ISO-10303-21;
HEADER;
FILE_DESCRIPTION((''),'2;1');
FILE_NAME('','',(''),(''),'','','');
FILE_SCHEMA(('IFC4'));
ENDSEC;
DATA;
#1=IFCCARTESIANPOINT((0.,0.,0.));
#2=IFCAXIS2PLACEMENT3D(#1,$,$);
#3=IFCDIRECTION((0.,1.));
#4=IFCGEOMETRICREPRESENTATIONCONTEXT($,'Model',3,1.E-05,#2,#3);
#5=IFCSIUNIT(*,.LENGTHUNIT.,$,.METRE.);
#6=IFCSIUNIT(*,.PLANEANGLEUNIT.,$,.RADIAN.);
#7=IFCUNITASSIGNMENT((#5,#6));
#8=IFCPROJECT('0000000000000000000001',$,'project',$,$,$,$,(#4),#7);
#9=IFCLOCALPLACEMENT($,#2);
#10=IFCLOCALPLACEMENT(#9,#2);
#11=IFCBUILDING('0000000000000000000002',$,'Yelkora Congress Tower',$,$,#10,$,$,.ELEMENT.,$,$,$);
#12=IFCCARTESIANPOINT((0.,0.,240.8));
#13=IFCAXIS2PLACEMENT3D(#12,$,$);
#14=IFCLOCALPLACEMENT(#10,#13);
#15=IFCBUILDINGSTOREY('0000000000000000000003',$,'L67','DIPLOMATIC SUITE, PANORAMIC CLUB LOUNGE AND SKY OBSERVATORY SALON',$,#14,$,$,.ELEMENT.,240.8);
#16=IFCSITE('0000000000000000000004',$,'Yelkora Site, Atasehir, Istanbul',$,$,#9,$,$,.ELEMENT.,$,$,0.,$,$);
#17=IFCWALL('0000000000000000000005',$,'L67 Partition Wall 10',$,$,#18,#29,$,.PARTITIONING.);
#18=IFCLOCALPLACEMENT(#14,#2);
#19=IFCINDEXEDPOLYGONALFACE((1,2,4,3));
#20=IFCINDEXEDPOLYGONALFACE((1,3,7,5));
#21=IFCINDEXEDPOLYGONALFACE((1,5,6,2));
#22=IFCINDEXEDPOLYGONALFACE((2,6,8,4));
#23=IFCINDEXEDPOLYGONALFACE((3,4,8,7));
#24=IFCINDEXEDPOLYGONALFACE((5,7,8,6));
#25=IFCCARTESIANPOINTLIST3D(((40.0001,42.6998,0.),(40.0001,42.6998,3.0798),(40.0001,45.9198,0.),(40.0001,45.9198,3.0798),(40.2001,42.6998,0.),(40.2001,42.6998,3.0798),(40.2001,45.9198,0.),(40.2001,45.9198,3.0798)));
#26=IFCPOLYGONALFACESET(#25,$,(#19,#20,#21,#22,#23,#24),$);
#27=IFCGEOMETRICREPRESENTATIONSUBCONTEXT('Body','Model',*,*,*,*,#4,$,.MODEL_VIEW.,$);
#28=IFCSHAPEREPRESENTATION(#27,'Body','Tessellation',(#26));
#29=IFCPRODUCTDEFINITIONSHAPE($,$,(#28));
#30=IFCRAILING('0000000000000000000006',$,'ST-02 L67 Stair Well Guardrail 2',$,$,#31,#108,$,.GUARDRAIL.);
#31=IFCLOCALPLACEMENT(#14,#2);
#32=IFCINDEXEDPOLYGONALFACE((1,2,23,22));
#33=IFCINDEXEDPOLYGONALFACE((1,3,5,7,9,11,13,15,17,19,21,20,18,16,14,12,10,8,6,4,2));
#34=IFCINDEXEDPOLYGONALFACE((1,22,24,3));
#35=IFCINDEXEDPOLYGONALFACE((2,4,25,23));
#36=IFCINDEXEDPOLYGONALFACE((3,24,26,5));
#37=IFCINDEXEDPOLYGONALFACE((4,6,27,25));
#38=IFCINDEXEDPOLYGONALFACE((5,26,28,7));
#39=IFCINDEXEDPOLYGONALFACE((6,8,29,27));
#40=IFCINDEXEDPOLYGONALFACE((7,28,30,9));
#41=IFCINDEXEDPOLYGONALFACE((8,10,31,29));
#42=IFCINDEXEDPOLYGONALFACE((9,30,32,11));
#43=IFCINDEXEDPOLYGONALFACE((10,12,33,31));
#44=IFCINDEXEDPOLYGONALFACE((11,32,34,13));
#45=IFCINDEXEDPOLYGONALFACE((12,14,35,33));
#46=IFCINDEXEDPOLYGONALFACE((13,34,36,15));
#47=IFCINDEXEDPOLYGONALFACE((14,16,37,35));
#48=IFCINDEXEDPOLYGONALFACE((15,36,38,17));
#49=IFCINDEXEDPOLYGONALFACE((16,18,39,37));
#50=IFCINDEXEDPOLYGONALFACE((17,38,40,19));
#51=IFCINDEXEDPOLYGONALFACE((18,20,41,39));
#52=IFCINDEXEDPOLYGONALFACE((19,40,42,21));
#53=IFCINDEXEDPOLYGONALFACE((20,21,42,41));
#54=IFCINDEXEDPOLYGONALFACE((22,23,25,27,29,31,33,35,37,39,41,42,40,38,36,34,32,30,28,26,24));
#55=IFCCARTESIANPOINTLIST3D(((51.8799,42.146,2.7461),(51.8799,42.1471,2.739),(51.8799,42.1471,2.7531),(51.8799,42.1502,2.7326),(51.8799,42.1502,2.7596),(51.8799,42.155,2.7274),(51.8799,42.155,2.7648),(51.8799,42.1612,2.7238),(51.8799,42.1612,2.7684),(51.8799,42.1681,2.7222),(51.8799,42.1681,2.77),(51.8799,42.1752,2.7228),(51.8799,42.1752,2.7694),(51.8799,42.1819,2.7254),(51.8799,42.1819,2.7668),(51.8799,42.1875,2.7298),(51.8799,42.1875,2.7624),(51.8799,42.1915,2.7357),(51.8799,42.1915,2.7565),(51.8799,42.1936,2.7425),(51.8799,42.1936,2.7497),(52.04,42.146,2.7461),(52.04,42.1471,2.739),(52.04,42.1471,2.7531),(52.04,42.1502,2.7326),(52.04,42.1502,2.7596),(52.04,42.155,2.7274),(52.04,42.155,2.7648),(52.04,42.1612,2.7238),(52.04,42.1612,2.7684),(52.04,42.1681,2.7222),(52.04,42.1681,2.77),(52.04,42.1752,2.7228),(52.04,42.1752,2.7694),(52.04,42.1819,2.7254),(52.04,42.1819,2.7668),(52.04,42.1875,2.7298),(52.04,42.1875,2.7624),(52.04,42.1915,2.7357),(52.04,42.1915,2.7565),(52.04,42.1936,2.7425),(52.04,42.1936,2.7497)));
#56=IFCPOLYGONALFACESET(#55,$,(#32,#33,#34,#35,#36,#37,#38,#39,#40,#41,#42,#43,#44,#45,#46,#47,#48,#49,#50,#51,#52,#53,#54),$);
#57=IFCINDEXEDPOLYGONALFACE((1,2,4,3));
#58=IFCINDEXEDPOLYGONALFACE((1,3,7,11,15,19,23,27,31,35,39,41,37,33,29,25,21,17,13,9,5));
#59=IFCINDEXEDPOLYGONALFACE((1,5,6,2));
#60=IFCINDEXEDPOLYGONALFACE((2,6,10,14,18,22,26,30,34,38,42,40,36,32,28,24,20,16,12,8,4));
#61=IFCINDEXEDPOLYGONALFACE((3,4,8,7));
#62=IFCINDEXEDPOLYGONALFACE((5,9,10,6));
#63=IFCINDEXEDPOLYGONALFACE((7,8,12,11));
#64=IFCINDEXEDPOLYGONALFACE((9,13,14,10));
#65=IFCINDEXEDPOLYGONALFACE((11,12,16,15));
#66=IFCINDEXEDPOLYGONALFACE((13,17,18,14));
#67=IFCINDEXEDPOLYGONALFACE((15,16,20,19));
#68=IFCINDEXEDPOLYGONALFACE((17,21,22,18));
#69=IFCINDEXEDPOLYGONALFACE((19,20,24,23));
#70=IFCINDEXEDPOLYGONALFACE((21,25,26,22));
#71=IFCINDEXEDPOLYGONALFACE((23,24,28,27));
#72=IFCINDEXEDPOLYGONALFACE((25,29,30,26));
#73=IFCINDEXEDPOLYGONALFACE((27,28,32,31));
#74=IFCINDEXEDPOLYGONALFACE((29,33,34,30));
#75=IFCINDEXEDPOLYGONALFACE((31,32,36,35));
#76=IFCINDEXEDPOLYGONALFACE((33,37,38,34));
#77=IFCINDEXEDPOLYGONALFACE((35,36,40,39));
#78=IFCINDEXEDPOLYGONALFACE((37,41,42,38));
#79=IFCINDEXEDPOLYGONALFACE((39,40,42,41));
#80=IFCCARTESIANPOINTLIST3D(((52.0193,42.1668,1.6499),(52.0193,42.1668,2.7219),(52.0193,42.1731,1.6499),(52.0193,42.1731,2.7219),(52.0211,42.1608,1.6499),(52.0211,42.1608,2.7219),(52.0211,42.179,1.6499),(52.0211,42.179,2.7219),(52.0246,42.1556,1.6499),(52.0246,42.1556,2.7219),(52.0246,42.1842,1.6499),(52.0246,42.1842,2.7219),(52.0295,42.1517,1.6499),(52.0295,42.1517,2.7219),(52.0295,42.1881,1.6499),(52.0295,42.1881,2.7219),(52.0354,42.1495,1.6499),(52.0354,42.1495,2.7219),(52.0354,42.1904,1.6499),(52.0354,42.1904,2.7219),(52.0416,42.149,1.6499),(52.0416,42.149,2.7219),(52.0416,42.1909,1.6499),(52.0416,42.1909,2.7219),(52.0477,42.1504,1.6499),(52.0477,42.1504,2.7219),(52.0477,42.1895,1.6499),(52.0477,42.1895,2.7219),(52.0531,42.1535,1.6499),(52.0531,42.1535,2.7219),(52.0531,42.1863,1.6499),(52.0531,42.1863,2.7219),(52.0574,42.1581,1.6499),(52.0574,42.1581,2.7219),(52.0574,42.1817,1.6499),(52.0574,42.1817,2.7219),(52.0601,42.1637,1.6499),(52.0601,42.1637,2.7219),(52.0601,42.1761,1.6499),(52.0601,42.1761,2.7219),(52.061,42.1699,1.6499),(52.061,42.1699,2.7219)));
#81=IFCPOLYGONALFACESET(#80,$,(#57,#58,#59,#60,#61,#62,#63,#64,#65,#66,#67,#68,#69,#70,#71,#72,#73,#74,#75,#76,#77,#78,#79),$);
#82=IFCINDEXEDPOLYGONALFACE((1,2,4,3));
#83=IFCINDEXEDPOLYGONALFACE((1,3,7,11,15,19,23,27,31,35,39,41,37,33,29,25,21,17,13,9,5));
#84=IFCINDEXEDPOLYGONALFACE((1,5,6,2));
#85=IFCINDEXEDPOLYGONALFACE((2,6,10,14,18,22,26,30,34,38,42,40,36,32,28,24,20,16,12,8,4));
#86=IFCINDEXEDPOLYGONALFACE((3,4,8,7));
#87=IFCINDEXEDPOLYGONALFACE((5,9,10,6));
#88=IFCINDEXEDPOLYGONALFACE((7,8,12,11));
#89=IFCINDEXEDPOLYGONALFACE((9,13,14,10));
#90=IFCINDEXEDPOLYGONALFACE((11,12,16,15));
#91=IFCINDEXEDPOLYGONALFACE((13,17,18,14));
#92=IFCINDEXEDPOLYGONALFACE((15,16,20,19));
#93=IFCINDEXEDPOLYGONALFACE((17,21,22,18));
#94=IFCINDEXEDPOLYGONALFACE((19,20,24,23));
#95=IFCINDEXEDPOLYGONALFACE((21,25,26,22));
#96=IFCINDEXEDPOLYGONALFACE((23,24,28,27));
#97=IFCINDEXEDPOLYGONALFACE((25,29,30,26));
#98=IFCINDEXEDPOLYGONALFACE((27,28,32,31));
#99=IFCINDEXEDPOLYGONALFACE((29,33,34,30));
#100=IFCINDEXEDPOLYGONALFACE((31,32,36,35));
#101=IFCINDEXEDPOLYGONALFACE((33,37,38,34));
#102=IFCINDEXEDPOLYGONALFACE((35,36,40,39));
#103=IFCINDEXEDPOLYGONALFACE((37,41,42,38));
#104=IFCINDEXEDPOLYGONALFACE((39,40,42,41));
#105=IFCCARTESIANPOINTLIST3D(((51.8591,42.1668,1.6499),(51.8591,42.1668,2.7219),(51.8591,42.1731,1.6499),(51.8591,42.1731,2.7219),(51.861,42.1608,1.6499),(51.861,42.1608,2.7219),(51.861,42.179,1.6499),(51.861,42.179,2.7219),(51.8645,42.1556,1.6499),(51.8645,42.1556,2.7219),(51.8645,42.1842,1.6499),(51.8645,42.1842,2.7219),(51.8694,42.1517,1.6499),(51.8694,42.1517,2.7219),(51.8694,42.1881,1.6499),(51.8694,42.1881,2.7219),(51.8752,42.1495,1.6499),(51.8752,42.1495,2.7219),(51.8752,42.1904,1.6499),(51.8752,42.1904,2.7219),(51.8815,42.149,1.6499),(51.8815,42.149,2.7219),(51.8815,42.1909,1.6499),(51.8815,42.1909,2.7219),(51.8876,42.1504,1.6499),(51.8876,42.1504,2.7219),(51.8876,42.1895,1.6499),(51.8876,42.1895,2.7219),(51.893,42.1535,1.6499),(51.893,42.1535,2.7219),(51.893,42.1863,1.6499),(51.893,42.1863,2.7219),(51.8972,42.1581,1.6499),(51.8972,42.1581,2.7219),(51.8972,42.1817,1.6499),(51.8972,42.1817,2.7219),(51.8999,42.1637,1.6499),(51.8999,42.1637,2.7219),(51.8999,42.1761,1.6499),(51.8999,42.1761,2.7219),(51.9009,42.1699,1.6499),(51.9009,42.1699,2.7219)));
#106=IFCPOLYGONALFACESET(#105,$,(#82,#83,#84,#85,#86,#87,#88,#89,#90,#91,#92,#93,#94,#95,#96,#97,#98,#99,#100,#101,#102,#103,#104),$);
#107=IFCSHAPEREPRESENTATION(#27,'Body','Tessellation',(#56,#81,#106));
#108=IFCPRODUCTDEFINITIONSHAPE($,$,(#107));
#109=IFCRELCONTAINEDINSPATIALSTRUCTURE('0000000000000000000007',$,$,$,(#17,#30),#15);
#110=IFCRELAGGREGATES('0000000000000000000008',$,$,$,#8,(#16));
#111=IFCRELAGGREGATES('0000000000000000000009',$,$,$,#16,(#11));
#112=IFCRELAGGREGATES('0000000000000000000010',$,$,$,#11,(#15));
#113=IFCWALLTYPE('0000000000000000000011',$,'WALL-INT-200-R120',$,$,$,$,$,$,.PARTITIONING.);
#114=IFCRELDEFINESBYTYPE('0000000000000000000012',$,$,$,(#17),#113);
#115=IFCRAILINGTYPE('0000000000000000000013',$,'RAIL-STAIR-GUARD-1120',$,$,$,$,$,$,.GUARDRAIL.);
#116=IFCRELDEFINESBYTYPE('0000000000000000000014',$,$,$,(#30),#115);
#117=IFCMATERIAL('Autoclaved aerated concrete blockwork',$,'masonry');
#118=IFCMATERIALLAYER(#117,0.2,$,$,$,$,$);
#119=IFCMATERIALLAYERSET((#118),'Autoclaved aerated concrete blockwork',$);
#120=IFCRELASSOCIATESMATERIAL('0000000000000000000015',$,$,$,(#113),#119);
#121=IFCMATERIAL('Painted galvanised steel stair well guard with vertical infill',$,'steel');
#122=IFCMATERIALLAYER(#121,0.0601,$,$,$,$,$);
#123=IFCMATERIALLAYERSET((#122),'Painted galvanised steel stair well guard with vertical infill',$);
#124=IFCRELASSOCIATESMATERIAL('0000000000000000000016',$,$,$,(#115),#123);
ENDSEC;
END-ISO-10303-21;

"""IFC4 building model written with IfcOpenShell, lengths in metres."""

from ifc_helpers import new_model, si_unit, direction, frame, frame_2d, origin, origin_2d, place, context, subcontext, project, spatial, rectangle, circle, extrude, material, layer, layer_set, type_object, element, save


model = new_model("IFC4")

# Units and contexts
model_context = context("Model", 3, precision=1e-05, world=origin(), true_north=direction((0.0, 1.0)))
body_context = subcontext(model_context, "Body", "Model", "MODEL_VIEW")
ifc_project = project(units=[si_unit("LENGTHUNIT", "METRE"), si_unit("PLANEANGLEUNIT", "RADIAN")], contexts=[model_context])

# Site, building, storey
site_placement = place(None, origin())
site = spatial("IfcSite", under=ifc_project, at=site_placement, Name="Yelkora Site, Atasehir, Istanbul", CompositionType="ELEMENT", RefElevation=0.0)
building_placement = place(site_placement, origin())
building = spatial("IfcBuilding", under=site, at=building_placement, Name="Yelkora Congress Tower", CompositionType="ELEMENT")
storey_placement = place(building_placement, frame((0.0, 0.0, 240.8)))
storey = spatial("IfcBuildingStorey", under=building, at=storey_placement, Name="L67", Description="DIPLOMATIC SUITE, PANORAMIC CLUB LOUNGE AND SKY OBSERVATORY SALON", CompositionType="ELEMENT", Elevation=240.8)

# Wall
ifc_material_1 = material(Name="Autoclaved aerated concrete blockwork", Category="masonry")
ifc_layer_1 = layer(ifc_material_1, 0.2)
ifc_layer_set_1 = layer_set([ifc_layer_1], Name="Autoclaved aerated concrete blockwork")
wall_type_1 = type_object("IfcWallType", Name="WALL-INT-200-R120", PredefinedType="PARTITIONING", material=ifc_layer_set_1)
wall_1_placement = place(storey_placement, frame((40.1001, 42.7, 0.0), z_axis=(0.0, 0.0, 1.0), x_axis=(0.0, 1.0, 0.0)))
element("IfcWall", 1, at=wall_1_placement, inside=storey, type_object=wall_type_1, Name="L67 Partition Wall 10", PredefinedType="PARTITIONING", context=body_context, shape_type="SweptSolid", body=[
    extrude(rectangle(XDim=3.22, YDim=0.2, at=frame_2d((1.6099, 0.0))), origin(), (0.0, 0.0, 1.0), 3.0798),
])

# Railing
ifc_material_2 = material(Name="Painted galvanised steel stair well guard with vertical infill", Category="steel")
ifc_layer_2 = layer(ifc_material_2, 0.0601)
ifc_layer_set_2 = layer_set([ifc_layer_2], Name="Painted galvanised steel stair well guard with vertical infill")
railing_type = type_object("IfcRailingType", Name="RAIL-STAIR-GUARD-1120", PredefinedType="GUARDRAIL", material=ifc_layer_set_2)
railing_1_placement = place(storey_placement, frame((52.04, 42.1699, 1.6499)))
element("IfcRailing", 2, at=railing_1_placement, inside=storey, type_object=railing_type, Name="ST-02 L67 Stair Well Guardrail 2", PredefinedType="GUARDRAIL", context=body_context, shape_type="SweptSolid", body=[
    extrude(circle(Radius=0.0239, at=origin_2d()), frame((0.0, 0.0, 1.0962), z_axis=(-1.0, 0.0, 0.0), x_axis=(0.0, -1.0, 0.0)), (0.0, 0.0, 1.0), 0.1602),
    extrude(circle(Radius=0.021, at=origin_2d()), origin(), (0.0, 0.0, 1.0), 1.072),
    extrude(circle(Radius=0.021, at=origin_2d()), frame((-0.1602, 0.0, 0.0)), (0.0, 0.0, 1.0), 1.072),
])

save(model, "model.ifc")
